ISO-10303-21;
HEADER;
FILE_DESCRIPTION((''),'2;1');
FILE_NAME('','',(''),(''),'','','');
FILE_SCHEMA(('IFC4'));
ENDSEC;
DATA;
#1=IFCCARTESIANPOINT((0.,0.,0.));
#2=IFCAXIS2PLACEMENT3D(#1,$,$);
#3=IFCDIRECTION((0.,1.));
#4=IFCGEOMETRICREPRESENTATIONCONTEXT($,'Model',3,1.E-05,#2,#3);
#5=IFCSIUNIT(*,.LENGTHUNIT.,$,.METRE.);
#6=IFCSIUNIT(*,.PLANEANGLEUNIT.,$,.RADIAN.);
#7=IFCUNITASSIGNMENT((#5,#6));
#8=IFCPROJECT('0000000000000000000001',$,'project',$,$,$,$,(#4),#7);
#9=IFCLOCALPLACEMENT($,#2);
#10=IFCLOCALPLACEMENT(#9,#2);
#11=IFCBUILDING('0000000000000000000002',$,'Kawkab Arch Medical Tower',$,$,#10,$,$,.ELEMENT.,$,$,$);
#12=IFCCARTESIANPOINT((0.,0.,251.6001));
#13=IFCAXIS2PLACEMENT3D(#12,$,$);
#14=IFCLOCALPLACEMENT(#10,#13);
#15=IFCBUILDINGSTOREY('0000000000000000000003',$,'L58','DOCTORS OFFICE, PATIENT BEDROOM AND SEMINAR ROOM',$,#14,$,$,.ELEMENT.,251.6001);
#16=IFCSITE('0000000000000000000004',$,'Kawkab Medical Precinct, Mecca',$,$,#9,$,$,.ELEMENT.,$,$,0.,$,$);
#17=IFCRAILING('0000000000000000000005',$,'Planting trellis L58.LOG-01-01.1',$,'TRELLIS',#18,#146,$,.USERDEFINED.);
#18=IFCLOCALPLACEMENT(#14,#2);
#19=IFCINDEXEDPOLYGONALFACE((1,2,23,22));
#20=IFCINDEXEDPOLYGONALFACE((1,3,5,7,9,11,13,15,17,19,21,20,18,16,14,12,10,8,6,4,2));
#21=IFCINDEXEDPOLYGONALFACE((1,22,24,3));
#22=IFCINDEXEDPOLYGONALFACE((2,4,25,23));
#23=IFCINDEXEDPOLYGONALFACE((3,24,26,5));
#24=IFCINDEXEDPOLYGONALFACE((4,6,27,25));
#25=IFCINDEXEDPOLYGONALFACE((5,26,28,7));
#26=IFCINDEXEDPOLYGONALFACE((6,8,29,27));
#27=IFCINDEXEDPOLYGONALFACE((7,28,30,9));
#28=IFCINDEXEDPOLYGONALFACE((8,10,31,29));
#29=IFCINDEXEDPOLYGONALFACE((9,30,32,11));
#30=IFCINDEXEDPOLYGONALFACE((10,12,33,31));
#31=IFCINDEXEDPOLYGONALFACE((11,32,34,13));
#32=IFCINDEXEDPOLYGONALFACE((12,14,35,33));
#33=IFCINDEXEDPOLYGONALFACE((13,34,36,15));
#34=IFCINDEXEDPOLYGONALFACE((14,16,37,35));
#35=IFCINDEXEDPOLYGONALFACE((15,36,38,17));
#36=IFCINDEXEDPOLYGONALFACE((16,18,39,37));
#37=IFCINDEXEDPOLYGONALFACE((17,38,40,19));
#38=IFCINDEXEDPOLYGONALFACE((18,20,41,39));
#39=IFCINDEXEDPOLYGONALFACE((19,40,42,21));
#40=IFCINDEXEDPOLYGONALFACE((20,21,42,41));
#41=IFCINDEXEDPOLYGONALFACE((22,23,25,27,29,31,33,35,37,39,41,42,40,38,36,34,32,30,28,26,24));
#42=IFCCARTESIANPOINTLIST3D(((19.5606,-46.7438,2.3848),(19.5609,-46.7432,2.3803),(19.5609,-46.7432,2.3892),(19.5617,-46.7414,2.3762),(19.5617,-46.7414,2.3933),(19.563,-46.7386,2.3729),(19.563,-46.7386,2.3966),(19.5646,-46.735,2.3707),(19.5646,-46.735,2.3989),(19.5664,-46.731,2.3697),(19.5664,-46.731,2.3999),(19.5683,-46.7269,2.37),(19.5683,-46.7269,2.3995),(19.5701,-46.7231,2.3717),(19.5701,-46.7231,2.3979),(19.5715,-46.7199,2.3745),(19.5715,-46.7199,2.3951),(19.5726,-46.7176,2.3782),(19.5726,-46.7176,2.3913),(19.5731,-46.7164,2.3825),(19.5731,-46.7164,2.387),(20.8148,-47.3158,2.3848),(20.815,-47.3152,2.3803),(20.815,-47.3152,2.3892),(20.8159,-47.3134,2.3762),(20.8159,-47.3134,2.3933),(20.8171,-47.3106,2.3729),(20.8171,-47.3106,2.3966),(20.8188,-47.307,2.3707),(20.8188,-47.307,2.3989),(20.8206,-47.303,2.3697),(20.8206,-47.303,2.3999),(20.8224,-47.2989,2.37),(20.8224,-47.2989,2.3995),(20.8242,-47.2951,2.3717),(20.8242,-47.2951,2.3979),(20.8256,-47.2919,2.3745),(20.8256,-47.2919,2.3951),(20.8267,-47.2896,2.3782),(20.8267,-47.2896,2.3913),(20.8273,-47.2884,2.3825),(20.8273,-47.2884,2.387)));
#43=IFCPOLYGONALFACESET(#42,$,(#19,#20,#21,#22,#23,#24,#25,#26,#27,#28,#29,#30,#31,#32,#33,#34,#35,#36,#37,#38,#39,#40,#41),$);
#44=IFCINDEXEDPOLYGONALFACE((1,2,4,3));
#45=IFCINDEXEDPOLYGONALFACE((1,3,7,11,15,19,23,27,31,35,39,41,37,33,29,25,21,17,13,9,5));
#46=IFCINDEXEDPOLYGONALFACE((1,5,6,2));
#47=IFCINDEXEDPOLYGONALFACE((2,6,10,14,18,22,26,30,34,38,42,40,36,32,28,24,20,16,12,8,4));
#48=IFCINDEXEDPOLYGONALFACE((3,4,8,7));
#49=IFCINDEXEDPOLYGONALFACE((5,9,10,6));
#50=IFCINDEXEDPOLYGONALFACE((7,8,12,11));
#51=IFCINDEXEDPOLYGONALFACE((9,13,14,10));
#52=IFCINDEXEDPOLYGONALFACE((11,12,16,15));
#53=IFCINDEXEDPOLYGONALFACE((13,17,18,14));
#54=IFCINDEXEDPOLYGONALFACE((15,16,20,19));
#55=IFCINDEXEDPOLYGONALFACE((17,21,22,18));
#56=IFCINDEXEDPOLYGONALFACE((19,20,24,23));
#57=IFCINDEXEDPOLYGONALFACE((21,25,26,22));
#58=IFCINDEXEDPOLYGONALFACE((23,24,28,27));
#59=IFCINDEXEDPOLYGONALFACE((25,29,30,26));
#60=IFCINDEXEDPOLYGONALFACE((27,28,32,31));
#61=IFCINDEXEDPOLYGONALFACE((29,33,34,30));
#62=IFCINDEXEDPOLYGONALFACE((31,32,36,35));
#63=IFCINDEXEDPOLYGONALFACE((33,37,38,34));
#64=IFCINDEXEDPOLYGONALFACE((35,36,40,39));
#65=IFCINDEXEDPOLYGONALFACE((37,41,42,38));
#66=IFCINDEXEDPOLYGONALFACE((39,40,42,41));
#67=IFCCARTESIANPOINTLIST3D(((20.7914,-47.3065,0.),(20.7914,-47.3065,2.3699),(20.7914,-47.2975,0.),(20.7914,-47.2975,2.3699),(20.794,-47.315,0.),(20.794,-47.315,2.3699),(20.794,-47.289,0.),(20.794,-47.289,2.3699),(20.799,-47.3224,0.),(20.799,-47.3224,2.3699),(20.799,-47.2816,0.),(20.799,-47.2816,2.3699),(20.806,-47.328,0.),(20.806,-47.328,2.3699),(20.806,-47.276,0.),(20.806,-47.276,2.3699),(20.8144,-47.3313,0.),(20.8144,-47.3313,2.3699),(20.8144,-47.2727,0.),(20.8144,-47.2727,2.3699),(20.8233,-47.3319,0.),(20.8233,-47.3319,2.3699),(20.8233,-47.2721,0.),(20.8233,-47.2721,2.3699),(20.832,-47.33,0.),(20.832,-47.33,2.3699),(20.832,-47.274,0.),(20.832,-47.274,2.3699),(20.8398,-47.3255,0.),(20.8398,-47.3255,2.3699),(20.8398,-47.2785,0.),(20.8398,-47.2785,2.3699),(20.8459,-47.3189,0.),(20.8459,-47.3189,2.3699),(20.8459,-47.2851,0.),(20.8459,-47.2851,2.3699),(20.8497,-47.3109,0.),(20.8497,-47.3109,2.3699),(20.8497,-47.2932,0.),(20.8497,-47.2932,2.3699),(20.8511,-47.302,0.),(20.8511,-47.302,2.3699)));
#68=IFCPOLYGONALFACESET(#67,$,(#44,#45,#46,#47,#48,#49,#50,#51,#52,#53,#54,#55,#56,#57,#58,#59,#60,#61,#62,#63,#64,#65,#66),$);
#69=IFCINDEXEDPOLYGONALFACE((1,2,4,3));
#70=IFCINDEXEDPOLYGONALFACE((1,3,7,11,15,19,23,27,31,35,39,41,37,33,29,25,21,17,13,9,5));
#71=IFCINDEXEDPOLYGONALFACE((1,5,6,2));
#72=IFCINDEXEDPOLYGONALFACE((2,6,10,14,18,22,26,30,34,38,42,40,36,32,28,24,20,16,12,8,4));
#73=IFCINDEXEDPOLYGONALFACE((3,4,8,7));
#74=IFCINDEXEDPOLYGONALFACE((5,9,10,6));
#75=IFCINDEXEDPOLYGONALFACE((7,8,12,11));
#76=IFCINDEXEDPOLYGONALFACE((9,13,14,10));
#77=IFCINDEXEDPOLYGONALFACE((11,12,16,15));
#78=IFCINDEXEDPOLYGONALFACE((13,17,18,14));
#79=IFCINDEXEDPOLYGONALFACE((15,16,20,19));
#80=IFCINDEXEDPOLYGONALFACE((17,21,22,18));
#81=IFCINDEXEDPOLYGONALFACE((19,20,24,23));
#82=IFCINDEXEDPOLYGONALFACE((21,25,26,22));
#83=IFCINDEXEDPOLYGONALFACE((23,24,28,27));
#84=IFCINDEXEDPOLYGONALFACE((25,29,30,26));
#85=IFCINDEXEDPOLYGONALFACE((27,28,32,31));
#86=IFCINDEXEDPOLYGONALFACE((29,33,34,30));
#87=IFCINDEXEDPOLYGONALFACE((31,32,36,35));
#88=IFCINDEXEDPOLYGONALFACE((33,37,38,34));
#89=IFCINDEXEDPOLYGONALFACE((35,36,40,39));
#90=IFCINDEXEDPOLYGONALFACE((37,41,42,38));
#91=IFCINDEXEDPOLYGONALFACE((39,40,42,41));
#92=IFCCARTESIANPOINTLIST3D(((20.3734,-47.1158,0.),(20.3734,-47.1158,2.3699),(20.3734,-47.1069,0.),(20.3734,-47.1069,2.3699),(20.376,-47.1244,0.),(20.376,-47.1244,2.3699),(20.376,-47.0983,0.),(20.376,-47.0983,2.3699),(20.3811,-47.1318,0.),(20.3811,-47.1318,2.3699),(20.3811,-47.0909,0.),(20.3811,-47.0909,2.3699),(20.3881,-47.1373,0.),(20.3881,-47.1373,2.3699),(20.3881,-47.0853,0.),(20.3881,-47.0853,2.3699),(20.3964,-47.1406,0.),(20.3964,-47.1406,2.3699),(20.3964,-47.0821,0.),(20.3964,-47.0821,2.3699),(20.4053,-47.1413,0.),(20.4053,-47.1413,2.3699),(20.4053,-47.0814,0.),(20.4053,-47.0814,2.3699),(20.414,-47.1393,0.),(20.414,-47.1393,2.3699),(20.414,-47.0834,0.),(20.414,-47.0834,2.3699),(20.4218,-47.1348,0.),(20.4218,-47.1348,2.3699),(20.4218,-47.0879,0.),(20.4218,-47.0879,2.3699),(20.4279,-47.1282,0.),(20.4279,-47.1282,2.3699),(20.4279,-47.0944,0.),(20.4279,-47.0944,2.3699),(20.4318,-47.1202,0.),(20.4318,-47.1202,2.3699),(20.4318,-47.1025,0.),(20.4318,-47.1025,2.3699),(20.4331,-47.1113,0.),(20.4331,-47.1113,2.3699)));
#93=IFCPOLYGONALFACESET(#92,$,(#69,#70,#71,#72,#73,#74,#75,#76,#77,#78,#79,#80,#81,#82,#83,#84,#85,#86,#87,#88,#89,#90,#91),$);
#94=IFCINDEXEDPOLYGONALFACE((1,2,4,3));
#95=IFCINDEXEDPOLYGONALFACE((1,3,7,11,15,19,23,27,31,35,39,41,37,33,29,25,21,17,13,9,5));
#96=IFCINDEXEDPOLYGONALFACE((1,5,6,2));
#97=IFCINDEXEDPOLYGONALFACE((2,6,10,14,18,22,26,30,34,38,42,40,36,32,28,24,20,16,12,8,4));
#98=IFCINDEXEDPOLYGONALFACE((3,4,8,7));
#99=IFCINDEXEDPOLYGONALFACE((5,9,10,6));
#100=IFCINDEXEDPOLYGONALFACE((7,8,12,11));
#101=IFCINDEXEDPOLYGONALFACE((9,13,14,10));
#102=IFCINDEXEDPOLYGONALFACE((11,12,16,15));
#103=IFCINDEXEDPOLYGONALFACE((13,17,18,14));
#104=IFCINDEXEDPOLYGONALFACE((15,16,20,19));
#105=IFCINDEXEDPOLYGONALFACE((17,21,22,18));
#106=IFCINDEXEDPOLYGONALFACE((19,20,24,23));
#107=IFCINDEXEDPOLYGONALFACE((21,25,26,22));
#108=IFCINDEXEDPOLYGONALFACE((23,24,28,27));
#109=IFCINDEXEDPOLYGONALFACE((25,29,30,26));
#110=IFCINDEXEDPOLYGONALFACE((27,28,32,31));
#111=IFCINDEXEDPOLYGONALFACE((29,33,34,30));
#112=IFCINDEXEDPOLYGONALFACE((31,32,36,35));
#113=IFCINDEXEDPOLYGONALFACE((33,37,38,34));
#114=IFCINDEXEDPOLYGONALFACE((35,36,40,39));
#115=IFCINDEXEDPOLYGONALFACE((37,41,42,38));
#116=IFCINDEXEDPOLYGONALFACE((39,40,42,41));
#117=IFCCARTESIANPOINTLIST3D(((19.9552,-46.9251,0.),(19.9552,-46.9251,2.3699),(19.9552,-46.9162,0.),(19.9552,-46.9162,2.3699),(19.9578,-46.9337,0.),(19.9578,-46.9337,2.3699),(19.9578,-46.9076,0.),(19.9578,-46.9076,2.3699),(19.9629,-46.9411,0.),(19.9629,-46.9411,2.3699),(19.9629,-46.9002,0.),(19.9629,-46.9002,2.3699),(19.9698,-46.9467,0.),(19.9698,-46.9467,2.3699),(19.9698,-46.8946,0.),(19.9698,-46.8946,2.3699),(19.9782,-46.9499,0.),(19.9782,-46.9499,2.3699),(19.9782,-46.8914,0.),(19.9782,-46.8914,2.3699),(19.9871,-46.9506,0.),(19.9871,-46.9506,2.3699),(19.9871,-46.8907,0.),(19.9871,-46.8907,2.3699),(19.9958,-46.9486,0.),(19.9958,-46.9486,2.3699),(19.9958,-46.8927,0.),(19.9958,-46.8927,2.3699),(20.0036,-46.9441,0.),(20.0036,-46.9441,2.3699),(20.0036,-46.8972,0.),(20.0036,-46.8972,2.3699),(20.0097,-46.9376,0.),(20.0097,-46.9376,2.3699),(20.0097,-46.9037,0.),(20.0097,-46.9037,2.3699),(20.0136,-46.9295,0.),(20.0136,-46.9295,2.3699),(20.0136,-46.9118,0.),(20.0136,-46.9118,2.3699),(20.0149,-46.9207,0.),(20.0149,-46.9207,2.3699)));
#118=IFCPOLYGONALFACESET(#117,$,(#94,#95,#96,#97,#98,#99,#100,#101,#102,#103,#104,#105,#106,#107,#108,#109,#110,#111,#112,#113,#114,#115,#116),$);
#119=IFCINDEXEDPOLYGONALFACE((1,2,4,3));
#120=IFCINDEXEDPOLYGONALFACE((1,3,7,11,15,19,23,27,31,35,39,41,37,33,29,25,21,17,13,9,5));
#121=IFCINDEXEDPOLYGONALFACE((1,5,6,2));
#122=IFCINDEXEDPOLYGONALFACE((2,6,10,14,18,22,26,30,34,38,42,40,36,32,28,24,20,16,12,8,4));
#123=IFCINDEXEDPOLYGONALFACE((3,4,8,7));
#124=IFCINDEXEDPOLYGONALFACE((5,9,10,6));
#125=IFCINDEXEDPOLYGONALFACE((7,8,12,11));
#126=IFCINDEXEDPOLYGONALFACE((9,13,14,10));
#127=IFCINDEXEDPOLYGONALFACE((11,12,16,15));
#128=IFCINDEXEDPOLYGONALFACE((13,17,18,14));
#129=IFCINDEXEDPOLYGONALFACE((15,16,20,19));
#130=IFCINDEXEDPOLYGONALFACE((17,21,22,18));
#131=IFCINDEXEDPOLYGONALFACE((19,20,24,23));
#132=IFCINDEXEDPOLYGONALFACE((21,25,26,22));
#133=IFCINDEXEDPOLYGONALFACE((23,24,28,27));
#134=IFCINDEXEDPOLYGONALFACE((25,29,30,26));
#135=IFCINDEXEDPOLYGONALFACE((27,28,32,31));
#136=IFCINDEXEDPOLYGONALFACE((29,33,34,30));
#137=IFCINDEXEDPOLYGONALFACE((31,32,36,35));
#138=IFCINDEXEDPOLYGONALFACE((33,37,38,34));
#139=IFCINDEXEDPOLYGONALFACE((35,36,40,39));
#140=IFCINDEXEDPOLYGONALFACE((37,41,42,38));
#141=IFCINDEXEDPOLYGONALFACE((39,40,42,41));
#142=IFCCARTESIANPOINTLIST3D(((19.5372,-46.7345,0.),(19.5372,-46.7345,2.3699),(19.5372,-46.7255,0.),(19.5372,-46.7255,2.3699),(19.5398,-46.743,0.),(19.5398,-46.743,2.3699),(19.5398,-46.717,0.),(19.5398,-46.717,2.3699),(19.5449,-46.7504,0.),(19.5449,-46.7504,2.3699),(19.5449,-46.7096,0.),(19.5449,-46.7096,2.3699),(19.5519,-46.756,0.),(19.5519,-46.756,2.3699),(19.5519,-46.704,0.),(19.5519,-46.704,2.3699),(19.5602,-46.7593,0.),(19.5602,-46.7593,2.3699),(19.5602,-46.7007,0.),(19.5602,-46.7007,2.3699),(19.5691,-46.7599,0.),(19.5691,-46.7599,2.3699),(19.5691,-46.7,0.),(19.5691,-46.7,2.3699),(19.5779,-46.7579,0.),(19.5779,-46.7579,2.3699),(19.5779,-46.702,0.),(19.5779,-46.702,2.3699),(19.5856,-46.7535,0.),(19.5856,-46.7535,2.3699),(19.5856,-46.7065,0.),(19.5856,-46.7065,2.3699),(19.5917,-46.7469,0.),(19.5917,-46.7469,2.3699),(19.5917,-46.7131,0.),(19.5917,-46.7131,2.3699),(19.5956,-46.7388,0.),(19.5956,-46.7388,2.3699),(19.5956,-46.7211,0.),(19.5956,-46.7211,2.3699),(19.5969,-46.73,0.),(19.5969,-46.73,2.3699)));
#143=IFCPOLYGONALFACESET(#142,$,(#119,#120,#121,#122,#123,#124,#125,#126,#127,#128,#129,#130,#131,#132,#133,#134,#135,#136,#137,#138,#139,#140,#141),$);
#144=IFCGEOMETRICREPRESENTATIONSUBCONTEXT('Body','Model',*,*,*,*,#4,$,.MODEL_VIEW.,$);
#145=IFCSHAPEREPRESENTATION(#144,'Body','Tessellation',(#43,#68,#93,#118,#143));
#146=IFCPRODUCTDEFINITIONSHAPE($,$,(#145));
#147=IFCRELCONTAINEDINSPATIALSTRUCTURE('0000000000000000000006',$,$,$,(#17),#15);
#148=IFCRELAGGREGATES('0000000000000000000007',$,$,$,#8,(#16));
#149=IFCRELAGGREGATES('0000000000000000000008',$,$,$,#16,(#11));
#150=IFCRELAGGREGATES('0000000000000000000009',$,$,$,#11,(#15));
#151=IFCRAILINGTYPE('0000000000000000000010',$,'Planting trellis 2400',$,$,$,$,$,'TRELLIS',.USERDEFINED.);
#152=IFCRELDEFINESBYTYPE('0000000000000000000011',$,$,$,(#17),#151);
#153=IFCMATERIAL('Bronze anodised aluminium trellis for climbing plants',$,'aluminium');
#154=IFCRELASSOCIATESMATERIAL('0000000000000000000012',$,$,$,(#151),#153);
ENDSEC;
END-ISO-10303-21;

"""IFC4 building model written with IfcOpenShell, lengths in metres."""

from ifc_helpers import new_model, si_unit, direction, frame, origin, origin_2d, place, context, subcontext, project, spatial, circle, extrude, material, type_object, element, save


model = new_model("IFC4")

# Units and contexts
model_context = context("Model", 3, precision=1e-05, world=origin(), true_north=direction((0.0, 1.0)))
body_context = subcontext(model_context, "Body", "Model", "MODEL_VIEW")
ifc_project = project(units=[si_unit("LENGTHUNIT", "METRE"), si_unit("PLANEANGLEUNIT", "RADIAN")], contexts=[model_context])

# Site, building, storey
site_placement = place(None, origin())
site = spatial("IfcSite", under=ifc_project, at=site_placement, Name="Kawkab Medical Precinct, Mecca", CompositionType="ELEMENT", RefElevation=0.0)
building_placement = place(site_placement, origin())
building = spatial("IfcBuilding", under=site, at=building_placement, Name="Kawkab Arch Medical Tower", CompositionType="ELEMENT")
storey_placement = place(building_placement, frame((0.0, 0.0, 251.6001)))
storey = spatial("IfcBuildingStorey", under=building, at=storey_placement, Name="L58", Description="DOCTORS OFFICE, PATIENT BEDROOM AND SEMINAR ROOM", CompositionType="ELEMENT", Elevation=251.6001)

# Railing
ifc_material_1 = material(Name="Bronze anodised aluminium trellis for climbing plants", Category="aluminium")
railing_type_1 = type_object("IfcRailingType", Name="Planting trellis 2400", ElementType="TRELLIS", PredefinedType="USERDEFINED", material=ifc_material_1)
railing_1_placement = place(storey_placement, frame((20.821, -47.302, 0.0)))
element("IfcRailing", 1, at=railing_1_placement, inside=storey, type_object=railing_type_1, Name="Planting trellis L58.LOG-01-01.1", ObjectType="TRELLIS", PredefinedType="USERDEFINED", context=body_context, shape_type="SweptSolid", body=[
    extrude(circle(Radius=0.0151, at=origin_2d()), frame((0.0, 0.0, 2.3848), z_axis=(-0.909832, 0.414977, 0.0), x_axis=(-0.414977, -0.909832, 0.0)), (0.0, 0.0, 1.0), 1.3784),
    extrude(circle(Radius=0.03, at=origin_2d()), origin(), (0.0, 0.0, 1.0), 2.3699),
    extrude(circle(Radius=0.03, at=origin_2d()), frame((-0.418, 0.1907, 0.0)), (0.0, 0.0, 1.0), 2.3699),
    extrude(circle(Radius=0.03, at=origin_2d()), frame((-0.8362, 0.3813, 0.0)), (0.0, 0.0, 1.0), 2.3699),
    extrude(circle(Radius=0.03, at=origin_2d()), frame((-1.2542, 0.572, 0.0)), (0.0, 0.0, 1.0), 2.3699),
])

save(model, "model.ifc")
